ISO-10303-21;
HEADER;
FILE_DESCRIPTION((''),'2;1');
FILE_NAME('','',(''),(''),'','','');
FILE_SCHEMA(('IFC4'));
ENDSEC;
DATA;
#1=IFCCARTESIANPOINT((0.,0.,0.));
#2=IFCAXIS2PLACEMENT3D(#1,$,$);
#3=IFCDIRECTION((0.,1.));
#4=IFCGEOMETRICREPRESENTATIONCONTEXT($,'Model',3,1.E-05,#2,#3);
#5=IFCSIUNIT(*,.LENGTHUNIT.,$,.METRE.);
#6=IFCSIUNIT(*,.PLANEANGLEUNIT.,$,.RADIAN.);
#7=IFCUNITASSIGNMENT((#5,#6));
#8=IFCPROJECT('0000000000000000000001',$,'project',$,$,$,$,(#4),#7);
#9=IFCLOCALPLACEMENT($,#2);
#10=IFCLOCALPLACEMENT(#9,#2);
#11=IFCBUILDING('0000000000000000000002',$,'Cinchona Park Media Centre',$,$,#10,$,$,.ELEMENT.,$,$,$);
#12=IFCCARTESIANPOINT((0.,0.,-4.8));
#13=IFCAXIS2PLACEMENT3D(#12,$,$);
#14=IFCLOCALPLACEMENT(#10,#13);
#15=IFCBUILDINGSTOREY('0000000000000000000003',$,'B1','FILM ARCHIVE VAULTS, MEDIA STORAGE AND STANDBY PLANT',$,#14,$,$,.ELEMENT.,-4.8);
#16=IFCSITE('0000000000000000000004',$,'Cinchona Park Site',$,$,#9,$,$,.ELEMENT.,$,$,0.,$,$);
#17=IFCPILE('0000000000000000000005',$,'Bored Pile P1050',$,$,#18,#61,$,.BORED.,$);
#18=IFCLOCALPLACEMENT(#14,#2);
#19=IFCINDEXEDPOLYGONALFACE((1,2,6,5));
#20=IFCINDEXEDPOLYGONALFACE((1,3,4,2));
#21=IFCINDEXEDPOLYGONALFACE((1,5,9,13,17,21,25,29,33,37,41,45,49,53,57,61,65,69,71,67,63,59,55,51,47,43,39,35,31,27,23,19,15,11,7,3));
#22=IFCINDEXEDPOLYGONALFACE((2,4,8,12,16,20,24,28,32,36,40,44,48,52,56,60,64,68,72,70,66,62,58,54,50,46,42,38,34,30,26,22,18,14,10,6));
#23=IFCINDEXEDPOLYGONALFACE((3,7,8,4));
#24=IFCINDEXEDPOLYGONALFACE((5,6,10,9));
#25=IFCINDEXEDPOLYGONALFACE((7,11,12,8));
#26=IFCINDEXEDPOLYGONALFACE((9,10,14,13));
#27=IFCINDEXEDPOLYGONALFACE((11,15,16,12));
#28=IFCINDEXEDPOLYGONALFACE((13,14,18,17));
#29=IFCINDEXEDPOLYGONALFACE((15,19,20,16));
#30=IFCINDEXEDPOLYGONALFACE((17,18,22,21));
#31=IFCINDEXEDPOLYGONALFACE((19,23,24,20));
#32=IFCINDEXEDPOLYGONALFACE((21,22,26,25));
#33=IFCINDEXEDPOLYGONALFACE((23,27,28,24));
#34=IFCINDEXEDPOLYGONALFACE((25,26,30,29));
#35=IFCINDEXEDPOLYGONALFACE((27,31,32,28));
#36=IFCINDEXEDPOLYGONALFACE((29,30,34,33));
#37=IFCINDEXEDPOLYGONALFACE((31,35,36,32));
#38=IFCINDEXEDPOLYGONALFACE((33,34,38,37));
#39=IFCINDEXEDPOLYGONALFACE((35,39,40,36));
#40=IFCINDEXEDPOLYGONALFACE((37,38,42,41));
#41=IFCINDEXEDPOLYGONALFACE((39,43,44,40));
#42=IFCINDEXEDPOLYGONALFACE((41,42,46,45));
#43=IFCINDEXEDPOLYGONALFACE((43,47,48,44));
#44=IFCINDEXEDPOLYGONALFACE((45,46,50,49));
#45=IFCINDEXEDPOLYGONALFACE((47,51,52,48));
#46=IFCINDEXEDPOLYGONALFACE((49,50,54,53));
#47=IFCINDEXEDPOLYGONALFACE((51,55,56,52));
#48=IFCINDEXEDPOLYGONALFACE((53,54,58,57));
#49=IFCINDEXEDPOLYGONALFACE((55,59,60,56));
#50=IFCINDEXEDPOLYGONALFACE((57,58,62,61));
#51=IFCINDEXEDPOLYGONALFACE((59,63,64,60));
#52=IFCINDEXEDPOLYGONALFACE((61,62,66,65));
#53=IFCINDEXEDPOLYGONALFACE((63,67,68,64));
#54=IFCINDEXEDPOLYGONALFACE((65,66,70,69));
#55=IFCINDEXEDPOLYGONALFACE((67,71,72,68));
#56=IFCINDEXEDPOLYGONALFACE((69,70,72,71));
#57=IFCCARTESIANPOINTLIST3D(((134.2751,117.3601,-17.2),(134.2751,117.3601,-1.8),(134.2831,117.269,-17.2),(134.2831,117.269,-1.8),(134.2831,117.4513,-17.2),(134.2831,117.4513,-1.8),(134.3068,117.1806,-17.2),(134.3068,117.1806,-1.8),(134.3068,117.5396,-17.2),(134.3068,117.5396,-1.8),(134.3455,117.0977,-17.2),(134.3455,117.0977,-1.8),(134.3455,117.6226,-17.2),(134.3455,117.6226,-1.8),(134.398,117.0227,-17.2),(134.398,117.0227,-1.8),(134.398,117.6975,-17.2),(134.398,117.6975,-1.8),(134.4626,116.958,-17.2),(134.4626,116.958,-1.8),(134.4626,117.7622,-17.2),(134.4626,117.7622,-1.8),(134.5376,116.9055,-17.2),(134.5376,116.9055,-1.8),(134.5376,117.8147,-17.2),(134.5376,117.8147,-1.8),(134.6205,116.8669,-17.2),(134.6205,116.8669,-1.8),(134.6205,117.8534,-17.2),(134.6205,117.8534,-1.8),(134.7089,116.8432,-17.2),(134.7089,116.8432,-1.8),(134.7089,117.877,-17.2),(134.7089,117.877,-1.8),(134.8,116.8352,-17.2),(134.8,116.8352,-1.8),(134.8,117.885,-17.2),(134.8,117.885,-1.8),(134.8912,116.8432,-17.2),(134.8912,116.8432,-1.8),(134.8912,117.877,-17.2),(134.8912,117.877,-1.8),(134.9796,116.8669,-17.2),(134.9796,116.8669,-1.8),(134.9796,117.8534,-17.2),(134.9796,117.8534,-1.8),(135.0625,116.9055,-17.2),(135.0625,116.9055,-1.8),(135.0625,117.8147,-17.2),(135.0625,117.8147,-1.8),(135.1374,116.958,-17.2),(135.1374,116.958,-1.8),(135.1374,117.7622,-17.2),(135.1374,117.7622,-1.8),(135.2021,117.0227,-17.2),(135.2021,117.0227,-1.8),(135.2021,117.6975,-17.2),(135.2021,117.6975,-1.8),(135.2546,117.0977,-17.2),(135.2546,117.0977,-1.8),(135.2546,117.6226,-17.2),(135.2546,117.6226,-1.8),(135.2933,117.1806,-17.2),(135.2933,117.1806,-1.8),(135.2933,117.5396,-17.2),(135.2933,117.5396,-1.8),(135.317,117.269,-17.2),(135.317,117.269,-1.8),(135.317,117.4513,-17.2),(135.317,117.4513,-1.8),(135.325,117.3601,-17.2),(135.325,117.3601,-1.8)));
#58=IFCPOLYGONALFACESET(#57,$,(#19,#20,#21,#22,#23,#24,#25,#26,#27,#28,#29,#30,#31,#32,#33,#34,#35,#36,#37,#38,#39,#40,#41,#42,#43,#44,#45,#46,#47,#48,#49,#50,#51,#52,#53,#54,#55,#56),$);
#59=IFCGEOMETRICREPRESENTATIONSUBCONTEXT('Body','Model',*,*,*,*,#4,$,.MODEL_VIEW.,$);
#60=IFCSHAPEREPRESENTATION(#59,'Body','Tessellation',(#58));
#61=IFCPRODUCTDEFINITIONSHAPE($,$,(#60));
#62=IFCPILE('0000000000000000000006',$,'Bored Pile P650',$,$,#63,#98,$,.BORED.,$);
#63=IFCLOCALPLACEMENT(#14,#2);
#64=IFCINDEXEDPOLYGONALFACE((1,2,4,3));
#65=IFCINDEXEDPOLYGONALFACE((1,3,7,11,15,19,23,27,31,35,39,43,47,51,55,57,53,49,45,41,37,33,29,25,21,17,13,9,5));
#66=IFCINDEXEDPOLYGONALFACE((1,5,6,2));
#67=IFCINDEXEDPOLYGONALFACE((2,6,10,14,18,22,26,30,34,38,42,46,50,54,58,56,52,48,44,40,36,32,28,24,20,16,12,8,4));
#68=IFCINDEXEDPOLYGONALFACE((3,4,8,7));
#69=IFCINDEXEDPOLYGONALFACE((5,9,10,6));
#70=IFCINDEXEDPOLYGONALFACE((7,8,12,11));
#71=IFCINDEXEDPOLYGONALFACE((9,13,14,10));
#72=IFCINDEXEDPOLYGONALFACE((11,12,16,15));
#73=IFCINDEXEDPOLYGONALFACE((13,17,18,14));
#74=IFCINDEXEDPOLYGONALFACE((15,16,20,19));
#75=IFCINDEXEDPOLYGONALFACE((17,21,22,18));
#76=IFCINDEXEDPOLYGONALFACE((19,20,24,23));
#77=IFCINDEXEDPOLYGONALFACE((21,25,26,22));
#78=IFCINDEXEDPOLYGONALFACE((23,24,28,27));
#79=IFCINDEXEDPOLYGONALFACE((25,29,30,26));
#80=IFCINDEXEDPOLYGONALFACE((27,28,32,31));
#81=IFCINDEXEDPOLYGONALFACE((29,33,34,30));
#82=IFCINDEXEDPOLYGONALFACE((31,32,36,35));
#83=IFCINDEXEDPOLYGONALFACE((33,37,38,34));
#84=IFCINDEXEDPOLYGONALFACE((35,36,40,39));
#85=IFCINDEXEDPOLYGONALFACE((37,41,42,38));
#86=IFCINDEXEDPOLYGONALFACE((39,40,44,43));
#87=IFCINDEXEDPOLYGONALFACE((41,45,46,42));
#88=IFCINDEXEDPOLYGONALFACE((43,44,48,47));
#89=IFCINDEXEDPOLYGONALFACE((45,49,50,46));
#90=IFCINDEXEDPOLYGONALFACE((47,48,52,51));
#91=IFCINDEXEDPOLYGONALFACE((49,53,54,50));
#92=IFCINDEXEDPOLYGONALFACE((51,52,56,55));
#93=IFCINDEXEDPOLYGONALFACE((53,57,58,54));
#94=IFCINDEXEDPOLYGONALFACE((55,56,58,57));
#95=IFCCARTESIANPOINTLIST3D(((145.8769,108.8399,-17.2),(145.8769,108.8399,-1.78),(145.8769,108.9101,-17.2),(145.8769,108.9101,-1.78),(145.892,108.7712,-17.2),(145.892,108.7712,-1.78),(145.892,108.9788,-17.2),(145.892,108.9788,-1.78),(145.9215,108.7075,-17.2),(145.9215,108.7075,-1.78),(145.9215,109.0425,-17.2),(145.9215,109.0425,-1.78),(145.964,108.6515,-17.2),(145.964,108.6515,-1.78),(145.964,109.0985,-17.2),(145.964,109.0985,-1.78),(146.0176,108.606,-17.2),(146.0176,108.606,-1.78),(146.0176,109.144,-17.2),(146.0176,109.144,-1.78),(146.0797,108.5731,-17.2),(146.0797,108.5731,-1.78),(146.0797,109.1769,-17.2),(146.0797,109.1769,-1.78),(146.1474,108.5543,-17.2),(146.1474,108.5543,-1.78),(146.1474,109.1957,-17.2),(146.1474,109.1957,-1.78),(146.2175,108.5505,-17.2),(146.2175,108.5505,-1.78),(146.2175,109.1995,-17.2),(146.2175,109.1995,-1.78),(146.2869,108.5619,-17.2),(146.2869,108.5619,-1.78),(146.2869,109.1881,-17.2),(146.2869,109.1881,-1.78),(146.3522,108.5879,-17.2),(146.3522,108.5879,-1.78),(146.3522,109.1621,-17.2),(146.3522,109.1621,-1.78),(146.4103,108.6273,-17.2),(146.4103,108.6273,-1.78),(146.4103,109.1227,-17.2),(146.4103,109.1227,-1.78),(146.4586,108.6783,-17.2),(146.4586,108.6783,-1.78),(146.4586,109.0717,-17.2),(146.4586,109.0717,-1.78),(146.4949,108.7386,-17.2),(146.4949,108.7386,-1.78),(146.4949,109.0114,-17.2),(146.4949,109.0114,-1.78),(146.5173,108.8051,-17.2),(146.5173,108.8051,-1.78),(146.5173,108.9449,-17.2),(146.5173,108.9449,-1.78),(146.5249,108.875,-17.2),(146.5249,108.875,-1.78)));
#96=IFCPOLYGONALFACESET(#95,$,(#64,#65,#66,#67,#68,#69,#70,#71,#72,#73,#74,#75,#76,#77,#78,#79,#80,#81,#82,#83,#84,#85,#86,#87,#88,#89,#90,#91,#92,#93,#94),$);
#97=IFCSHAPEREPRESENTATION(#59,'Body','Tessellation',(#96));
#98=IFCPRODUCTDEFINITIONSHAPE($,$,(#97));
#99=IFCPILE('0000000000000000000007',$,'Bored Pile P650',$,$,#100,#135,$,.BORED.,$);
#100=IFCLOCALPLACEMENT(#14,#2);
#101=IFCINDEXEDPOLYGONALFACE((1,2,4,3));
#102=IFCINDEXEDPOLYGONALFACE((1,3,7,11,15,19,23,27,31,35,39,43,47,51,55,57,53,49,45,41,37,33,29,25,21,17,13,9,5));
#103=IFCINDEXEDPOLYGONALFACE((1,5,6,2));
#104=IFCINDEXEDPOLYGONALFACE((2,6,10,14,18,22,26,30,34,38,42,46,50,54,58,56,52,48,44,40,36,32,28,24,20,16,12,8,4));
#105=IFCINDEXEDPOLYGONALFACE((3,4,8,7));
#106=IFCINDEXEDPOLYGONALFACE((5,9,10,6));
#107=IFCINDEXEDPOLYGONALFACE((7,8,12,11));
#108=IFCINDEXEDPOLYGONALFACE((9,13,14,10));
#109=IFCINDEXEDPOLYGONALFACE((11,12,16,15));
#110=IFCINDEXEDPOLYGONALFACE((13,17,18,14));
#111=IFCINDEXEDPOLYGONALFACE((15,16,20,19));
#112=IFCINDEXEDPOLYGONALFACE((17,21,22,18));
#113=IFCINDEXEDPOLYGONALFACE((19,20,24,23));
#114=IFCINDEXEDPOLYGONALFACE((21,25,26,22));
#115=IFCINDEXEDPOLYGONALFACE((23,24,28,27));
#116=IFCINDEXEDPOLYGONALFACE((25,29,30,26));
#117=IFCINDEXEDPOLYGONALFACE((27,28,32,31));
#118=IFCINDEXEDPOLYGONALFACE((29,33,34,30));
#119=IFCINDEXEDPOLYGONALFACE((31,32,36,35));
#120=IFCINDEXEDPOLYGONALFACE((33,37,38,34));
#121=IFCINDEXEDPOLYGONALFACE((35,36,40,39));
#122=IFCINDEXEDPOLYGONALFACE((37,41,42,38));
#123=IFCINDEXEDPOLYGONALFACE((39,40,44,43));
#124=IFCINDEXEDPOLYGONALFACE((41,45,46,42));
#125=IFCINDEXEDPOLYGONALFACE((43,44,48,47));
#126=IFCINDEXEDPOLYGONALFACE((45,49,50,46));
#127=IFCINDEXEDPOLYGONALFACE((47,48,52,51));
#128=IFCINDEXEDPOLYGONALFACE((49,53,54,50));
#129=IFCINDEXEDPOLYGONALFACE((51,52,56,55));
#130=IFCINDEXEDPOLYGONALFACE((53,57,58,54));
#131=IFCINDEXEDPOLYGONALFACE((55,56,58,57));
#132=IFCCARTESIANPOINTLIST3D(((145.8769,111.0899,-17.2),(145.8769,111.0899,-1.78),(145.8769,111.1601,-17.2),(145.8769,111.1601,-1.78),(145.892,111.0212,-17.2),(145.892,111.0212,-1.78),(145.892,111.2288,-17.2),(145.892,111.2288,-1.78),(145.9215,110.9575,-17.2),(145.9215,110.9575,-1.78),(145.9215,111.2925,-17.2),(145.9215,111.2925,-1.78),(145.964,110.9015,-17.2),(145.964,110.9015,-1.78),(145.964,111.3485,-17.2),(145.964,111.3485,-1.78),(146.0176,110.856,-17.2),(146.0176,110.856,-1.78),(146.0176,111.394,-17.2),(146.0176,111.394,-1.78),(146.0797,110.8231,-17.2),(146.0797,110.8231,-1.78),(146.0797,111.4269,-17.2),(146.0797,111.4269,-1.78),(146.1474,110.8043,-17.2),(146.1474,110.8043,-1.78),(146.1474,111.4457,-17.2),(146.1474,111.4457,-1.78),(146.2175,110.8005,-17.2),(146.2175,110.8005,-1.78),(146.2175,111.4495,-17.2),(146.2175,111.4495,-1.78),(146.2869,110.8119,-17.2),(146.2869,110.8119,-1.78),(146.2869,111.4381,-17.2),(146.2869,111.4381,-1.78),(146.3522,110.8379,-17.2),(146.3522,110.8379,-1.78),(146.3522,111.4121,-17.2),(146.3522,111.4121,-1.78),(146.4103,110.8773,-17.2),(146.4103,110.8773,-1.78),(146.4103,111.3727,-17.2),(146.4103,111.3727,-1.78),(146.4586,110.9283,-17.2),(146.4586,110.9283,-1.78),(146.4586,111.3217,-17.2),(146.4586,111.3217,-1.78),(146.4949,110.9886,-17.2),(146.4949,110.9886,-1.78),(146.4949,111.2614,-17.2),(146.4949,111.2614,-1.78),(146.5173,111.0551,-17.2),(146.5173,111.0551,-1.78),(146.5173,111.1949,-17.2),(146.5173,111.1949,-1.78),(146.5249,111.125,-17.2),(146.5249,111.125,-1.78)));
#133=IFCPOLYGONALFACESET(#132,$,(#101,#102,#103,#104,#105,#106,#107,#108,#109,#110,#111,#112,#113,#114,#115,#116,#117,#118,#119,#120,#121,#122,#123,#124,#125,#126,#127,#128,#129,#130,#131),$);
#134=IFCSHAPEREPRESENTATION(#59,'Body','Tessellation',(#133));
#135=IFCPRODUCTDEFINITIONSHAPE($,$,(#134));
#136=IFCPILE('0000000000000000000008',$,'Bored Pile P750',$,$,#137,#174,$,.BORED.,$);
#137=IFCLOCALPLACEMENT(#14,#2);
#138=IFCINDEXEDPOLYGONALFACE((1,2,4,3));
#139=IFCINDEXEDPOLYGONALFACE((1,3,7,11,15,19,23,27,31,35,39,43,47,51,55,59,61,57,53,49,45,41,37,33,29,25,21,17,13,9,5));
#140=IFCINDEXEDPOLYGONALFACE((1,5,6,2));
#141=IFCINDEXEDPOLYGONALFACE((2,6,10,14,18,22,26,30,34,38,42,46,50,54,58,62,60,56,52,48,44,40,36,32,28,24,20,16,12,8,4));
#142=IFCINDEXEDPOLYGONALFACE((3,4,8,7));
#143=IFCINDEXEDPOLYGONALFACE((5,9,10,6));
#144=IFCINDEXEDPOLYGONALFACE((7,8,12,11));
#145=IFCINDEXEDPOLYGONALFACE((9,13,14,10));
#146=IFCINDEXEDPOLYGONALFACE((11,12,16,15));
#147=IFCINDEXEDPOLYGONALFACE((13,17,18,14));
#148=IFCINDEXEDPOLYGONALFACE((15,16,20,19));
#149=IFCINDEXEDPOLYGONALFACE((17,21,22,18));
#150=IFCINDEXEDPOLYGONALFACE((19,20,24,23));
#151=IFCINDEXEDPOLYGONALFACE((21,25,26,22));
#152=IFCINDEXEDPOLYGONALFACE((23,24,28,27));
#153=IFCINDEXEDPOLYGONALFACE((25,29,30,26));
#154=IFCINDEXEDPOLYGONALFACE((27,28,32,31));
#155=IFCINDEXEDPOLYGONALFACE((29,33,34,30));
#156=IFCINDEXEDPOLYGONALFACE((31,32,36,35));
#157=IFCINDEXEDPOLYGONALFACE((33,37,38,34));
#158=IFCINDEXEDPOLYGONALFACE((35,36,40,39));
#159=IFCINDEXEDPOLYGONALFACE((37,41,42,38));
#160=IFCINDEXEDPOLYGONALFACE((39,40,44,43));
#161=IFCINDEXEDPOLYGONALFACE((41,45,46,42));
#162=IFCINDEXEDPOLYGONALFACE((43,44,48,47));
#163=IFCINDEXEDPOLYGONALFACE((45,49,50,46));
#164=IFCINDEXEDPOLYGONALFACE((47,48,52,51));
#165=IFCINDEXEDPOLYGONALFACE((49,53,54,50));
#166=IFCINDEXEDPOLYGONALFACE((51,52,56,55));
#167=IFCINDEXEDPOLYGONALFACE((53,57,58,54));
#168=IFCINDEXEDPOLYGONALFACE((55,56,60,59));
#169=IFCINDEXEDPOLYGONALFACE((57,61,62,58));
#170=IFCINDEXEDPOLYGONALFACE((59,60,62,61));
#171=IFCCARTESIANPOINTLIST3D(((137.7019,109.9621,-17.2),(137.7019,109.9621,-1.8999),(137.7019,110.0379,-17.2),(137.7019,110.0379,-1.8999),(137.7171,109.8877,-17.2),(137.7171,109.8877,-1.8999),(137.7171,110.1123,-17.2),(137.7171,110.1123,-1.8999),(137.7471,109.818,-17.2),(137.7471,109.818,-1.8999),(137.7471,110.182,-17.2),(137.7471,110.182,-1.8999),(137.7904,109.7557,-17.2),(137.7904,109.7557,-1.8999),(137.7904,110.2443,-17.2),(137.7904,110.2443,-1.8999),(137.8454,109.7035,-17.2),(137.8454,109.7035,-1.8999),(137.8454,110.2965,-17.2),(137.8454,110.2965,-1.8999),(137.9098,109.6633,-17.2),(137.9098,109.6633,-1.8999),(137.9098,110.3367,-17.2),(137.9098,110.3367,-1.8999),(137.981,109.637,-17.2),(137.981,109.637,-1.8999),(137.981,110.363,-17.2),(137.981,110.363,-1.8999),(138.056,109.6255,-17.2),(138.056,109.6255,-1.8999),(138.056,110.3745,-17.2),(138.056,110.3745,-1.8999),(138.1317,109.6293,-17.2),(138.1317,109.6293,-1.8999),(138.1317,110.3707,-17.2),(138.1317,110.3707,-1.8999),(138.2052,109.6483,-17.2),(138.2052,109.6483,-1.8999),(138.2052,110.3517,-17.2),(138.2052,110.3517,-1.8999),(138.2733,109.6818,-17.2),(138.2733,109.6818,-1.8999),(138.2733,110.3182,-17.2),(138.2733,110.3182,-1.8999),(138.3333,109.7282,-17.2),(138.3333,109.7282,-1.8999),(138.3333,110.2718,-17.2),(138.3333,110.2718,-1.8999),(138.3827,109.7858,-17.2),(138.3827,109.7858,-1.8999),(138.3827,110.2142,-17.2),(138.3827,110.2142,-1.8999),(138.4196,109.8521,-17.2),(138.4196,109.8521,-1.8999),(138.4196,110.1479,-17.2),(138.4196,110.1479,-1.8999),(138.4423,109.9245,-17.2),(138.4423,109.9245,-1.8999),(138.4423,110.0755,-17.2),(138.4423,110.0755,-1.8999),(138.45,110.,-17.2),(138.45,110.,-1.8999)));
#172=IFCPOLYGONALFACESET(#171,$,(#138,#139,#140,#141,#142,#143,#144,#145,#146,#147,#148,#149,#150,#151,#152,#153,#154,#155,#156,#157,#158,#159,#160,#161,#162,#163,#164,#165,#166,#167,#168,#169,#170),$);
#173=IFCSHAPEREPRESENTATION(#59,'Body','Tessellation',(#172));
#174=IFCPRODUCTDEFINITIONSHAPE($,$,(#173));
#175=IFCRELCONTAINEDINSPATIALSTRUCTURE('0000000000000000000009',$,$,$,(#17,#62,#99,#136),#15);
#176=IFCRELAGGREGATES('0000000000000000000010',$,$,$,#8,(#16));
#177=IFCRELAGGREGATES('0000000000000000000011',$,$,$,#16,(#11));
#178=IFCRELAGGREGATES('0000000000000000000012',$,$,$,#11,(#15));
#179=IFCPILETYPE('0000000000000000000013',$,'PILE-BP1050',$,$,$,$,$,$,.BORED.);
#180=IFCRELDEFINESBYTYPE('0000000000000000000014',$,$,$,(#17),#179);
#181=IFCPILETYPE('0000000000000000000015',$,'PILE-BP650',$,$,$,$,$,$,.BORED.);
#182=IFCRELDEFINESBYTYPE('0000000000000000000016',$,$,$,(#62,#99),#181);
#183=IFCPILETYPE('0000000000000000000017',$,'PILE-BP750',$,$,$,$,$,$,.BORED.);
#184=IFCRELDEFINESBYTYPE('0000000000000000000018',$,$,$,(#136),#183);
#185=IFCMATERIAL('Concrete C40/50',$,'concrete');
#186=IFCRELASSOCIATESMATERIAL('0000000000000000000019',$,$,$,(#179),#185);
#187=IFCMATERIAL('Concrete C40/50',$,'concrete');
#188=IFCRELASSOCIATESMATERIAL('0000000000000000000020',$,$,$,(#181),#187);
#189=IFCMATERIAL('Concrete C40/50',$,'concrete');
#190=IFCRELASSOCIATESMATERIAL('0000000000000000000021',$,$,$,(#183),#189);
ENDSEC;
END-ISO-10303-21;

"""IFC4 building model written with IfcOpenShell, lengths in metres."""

from ifc_helpers import new_model, si_unit, direction, frame, origin, origin_2d, place, context, subcontext, project, spatial, circle, extrude, material, material_profile, profile_set, type_object, element, save


model = new_model("IFC4")

# Units and contexts
model_context = context("Model", 3, precision=1e-05, world=origin(), true_north=direction((0.0, 1.0)))
body_context = subcontext(model_context, "Body", "Model", "MODEL_VIEW")
ifc_project = project(units=[si_unit("LENGTHUNIT", "METRE"), si_unit("PLANEANGLEUNIT", "RADIAN")], contexts=[model_context])

# Site, building, storey
site_placement = place(None, origin())
site = spatial("IfcSite", under=ifc_project, at=site_placement, Name="Cinchona Park Site", CompositionType="ELEMENT", RefElevation=0.0)
building_placement = place(site_placement, origin())
building = spatial("IfcBuilding", under=site, at=building_placement, Name="Cinchona Park Media Centre", CompositionType="ELEMENT")
storey_placement = place(building_placement, frame((0.0, 0.0, -4.8)))
storey = spatial("IfcBuildingStorey", under=building, at=storey_placement, Name="B1", Description="FILM ARCHIVE VAULTS, MEDIA STORAGE AND STANDBY PLANT", CompositionType="ELEMENT", Elevation=-4.8)

# Piles
ifc_material_1 = material(Name="Concrete C40/50", Category="concrete")
ifc_material_profile_1 = material_profile(ifc_material_1, circle(Radius=0.5249, at=origin_2d()), Name="BORED PILE 1050")
ifc_profile_set_1 = profile_set([ifc_material_profile_1], Name="Concrete C40/50")
pile_type_1 = type_object("IfcPileType", Name="PILE-BP1050", PredefinedType="BORED", material=ifc_profile_set_1)
pile_1_placement = place(storey_placement, frame((134.8, 117.3601, -1.8), z_axis=(0.0, 0.0, -1.0), x_axis=(1.0, 0.0, 0.0)))
element("IfcPile", 1, at=pile_1_placement, inside=storey, type_object=pile_type_1, Name="Bored Pile P1050", PredefinedType="BORED", context=body_context, shape_type="SweptSolid", body=[
    extrude(circle(Radius=0.5249, at=origin_2d()), origin(), (0.0, 0.0, 1.0), 15.3999),
])
ifc_material_2 = material(Name="Concrete C40/50", Category="concrete")
ifc_material_profile_2 = material_profile(ifc_material_2, circle(Radius=0.325, at=origin_2d()), Name="BORED PILE 650")
ifc_profile_set_2 = profile_set([ifc_material_profile_2], Name="Concrete C40/50")
pile_type_2 = type_object("IfcPileType", Name="PILE-BP650", PredefinedType="BORED", material=ifc_profile_set_2)
for number, where, z_axis, x_axis, name in (
    (2, (146.2, 108.875, -1.78), (0.0, 0.0, -1.0), (1.0, 0.0, 0.0), "Bored Pile P650"),
    (3, (146.2, 111.125, -1.78), (0.0, 0.0, -1.0), (1.0, 0.0, 0.0), "Bored Pile P650"),
):
    element("IfcPile", number, at=place(storey_placement, frame(where, z_axis=z_axis, x_axis=x_axis)), inside=storey, type_object=pile_type_2, Name=name, PredefinedType="BORED", context=body_context, shape_type="SweptSolid", body=[
        extrude(circle(Radius=0.325, at=origin_2d()), origin(), (0.0, 0.0, 1.0), 15.4199),
    ])
ifc_material_3 = material(Name="Concrete C40/50", Category="concrete")
ifc_material_profile_3 = material_profile(ifc_material_3, circle(Radius=0.375, at=origin_2d()), Name="BORED PILE 750")
ifc_profile_set_3 = profile_set([ifc_material_profile_3], Name="Concrete C40/50")
pile_type_3 = type_object("IfcPileType", Name="PILE-BP750", PredefinedType="BORED", material=ifc_profile_set_3)
for number, where, z_axis, x_axis, name in (
    (4, (138.075, 110.0, -1.8999), (0.0, 0.0, -1.0), (1.0, 0.0, 0.0), "Bored Pile P750"),
):
    element("IfcPile", number, at=place(storey_placement, frame(where, z_axis=z_axis, x_axis=x_axis)), inside=storey, type_object=pile_type_3, Name=name, PredefinedType="BORED", context=body_context, shape_type="SweptSolid", body=[
        extrude(circle(Radius=0.375, at=origin_2d()), origin(), (0.0, 0.0, 1.0), 15.3),
    ])

save(model, "model.ifc")
